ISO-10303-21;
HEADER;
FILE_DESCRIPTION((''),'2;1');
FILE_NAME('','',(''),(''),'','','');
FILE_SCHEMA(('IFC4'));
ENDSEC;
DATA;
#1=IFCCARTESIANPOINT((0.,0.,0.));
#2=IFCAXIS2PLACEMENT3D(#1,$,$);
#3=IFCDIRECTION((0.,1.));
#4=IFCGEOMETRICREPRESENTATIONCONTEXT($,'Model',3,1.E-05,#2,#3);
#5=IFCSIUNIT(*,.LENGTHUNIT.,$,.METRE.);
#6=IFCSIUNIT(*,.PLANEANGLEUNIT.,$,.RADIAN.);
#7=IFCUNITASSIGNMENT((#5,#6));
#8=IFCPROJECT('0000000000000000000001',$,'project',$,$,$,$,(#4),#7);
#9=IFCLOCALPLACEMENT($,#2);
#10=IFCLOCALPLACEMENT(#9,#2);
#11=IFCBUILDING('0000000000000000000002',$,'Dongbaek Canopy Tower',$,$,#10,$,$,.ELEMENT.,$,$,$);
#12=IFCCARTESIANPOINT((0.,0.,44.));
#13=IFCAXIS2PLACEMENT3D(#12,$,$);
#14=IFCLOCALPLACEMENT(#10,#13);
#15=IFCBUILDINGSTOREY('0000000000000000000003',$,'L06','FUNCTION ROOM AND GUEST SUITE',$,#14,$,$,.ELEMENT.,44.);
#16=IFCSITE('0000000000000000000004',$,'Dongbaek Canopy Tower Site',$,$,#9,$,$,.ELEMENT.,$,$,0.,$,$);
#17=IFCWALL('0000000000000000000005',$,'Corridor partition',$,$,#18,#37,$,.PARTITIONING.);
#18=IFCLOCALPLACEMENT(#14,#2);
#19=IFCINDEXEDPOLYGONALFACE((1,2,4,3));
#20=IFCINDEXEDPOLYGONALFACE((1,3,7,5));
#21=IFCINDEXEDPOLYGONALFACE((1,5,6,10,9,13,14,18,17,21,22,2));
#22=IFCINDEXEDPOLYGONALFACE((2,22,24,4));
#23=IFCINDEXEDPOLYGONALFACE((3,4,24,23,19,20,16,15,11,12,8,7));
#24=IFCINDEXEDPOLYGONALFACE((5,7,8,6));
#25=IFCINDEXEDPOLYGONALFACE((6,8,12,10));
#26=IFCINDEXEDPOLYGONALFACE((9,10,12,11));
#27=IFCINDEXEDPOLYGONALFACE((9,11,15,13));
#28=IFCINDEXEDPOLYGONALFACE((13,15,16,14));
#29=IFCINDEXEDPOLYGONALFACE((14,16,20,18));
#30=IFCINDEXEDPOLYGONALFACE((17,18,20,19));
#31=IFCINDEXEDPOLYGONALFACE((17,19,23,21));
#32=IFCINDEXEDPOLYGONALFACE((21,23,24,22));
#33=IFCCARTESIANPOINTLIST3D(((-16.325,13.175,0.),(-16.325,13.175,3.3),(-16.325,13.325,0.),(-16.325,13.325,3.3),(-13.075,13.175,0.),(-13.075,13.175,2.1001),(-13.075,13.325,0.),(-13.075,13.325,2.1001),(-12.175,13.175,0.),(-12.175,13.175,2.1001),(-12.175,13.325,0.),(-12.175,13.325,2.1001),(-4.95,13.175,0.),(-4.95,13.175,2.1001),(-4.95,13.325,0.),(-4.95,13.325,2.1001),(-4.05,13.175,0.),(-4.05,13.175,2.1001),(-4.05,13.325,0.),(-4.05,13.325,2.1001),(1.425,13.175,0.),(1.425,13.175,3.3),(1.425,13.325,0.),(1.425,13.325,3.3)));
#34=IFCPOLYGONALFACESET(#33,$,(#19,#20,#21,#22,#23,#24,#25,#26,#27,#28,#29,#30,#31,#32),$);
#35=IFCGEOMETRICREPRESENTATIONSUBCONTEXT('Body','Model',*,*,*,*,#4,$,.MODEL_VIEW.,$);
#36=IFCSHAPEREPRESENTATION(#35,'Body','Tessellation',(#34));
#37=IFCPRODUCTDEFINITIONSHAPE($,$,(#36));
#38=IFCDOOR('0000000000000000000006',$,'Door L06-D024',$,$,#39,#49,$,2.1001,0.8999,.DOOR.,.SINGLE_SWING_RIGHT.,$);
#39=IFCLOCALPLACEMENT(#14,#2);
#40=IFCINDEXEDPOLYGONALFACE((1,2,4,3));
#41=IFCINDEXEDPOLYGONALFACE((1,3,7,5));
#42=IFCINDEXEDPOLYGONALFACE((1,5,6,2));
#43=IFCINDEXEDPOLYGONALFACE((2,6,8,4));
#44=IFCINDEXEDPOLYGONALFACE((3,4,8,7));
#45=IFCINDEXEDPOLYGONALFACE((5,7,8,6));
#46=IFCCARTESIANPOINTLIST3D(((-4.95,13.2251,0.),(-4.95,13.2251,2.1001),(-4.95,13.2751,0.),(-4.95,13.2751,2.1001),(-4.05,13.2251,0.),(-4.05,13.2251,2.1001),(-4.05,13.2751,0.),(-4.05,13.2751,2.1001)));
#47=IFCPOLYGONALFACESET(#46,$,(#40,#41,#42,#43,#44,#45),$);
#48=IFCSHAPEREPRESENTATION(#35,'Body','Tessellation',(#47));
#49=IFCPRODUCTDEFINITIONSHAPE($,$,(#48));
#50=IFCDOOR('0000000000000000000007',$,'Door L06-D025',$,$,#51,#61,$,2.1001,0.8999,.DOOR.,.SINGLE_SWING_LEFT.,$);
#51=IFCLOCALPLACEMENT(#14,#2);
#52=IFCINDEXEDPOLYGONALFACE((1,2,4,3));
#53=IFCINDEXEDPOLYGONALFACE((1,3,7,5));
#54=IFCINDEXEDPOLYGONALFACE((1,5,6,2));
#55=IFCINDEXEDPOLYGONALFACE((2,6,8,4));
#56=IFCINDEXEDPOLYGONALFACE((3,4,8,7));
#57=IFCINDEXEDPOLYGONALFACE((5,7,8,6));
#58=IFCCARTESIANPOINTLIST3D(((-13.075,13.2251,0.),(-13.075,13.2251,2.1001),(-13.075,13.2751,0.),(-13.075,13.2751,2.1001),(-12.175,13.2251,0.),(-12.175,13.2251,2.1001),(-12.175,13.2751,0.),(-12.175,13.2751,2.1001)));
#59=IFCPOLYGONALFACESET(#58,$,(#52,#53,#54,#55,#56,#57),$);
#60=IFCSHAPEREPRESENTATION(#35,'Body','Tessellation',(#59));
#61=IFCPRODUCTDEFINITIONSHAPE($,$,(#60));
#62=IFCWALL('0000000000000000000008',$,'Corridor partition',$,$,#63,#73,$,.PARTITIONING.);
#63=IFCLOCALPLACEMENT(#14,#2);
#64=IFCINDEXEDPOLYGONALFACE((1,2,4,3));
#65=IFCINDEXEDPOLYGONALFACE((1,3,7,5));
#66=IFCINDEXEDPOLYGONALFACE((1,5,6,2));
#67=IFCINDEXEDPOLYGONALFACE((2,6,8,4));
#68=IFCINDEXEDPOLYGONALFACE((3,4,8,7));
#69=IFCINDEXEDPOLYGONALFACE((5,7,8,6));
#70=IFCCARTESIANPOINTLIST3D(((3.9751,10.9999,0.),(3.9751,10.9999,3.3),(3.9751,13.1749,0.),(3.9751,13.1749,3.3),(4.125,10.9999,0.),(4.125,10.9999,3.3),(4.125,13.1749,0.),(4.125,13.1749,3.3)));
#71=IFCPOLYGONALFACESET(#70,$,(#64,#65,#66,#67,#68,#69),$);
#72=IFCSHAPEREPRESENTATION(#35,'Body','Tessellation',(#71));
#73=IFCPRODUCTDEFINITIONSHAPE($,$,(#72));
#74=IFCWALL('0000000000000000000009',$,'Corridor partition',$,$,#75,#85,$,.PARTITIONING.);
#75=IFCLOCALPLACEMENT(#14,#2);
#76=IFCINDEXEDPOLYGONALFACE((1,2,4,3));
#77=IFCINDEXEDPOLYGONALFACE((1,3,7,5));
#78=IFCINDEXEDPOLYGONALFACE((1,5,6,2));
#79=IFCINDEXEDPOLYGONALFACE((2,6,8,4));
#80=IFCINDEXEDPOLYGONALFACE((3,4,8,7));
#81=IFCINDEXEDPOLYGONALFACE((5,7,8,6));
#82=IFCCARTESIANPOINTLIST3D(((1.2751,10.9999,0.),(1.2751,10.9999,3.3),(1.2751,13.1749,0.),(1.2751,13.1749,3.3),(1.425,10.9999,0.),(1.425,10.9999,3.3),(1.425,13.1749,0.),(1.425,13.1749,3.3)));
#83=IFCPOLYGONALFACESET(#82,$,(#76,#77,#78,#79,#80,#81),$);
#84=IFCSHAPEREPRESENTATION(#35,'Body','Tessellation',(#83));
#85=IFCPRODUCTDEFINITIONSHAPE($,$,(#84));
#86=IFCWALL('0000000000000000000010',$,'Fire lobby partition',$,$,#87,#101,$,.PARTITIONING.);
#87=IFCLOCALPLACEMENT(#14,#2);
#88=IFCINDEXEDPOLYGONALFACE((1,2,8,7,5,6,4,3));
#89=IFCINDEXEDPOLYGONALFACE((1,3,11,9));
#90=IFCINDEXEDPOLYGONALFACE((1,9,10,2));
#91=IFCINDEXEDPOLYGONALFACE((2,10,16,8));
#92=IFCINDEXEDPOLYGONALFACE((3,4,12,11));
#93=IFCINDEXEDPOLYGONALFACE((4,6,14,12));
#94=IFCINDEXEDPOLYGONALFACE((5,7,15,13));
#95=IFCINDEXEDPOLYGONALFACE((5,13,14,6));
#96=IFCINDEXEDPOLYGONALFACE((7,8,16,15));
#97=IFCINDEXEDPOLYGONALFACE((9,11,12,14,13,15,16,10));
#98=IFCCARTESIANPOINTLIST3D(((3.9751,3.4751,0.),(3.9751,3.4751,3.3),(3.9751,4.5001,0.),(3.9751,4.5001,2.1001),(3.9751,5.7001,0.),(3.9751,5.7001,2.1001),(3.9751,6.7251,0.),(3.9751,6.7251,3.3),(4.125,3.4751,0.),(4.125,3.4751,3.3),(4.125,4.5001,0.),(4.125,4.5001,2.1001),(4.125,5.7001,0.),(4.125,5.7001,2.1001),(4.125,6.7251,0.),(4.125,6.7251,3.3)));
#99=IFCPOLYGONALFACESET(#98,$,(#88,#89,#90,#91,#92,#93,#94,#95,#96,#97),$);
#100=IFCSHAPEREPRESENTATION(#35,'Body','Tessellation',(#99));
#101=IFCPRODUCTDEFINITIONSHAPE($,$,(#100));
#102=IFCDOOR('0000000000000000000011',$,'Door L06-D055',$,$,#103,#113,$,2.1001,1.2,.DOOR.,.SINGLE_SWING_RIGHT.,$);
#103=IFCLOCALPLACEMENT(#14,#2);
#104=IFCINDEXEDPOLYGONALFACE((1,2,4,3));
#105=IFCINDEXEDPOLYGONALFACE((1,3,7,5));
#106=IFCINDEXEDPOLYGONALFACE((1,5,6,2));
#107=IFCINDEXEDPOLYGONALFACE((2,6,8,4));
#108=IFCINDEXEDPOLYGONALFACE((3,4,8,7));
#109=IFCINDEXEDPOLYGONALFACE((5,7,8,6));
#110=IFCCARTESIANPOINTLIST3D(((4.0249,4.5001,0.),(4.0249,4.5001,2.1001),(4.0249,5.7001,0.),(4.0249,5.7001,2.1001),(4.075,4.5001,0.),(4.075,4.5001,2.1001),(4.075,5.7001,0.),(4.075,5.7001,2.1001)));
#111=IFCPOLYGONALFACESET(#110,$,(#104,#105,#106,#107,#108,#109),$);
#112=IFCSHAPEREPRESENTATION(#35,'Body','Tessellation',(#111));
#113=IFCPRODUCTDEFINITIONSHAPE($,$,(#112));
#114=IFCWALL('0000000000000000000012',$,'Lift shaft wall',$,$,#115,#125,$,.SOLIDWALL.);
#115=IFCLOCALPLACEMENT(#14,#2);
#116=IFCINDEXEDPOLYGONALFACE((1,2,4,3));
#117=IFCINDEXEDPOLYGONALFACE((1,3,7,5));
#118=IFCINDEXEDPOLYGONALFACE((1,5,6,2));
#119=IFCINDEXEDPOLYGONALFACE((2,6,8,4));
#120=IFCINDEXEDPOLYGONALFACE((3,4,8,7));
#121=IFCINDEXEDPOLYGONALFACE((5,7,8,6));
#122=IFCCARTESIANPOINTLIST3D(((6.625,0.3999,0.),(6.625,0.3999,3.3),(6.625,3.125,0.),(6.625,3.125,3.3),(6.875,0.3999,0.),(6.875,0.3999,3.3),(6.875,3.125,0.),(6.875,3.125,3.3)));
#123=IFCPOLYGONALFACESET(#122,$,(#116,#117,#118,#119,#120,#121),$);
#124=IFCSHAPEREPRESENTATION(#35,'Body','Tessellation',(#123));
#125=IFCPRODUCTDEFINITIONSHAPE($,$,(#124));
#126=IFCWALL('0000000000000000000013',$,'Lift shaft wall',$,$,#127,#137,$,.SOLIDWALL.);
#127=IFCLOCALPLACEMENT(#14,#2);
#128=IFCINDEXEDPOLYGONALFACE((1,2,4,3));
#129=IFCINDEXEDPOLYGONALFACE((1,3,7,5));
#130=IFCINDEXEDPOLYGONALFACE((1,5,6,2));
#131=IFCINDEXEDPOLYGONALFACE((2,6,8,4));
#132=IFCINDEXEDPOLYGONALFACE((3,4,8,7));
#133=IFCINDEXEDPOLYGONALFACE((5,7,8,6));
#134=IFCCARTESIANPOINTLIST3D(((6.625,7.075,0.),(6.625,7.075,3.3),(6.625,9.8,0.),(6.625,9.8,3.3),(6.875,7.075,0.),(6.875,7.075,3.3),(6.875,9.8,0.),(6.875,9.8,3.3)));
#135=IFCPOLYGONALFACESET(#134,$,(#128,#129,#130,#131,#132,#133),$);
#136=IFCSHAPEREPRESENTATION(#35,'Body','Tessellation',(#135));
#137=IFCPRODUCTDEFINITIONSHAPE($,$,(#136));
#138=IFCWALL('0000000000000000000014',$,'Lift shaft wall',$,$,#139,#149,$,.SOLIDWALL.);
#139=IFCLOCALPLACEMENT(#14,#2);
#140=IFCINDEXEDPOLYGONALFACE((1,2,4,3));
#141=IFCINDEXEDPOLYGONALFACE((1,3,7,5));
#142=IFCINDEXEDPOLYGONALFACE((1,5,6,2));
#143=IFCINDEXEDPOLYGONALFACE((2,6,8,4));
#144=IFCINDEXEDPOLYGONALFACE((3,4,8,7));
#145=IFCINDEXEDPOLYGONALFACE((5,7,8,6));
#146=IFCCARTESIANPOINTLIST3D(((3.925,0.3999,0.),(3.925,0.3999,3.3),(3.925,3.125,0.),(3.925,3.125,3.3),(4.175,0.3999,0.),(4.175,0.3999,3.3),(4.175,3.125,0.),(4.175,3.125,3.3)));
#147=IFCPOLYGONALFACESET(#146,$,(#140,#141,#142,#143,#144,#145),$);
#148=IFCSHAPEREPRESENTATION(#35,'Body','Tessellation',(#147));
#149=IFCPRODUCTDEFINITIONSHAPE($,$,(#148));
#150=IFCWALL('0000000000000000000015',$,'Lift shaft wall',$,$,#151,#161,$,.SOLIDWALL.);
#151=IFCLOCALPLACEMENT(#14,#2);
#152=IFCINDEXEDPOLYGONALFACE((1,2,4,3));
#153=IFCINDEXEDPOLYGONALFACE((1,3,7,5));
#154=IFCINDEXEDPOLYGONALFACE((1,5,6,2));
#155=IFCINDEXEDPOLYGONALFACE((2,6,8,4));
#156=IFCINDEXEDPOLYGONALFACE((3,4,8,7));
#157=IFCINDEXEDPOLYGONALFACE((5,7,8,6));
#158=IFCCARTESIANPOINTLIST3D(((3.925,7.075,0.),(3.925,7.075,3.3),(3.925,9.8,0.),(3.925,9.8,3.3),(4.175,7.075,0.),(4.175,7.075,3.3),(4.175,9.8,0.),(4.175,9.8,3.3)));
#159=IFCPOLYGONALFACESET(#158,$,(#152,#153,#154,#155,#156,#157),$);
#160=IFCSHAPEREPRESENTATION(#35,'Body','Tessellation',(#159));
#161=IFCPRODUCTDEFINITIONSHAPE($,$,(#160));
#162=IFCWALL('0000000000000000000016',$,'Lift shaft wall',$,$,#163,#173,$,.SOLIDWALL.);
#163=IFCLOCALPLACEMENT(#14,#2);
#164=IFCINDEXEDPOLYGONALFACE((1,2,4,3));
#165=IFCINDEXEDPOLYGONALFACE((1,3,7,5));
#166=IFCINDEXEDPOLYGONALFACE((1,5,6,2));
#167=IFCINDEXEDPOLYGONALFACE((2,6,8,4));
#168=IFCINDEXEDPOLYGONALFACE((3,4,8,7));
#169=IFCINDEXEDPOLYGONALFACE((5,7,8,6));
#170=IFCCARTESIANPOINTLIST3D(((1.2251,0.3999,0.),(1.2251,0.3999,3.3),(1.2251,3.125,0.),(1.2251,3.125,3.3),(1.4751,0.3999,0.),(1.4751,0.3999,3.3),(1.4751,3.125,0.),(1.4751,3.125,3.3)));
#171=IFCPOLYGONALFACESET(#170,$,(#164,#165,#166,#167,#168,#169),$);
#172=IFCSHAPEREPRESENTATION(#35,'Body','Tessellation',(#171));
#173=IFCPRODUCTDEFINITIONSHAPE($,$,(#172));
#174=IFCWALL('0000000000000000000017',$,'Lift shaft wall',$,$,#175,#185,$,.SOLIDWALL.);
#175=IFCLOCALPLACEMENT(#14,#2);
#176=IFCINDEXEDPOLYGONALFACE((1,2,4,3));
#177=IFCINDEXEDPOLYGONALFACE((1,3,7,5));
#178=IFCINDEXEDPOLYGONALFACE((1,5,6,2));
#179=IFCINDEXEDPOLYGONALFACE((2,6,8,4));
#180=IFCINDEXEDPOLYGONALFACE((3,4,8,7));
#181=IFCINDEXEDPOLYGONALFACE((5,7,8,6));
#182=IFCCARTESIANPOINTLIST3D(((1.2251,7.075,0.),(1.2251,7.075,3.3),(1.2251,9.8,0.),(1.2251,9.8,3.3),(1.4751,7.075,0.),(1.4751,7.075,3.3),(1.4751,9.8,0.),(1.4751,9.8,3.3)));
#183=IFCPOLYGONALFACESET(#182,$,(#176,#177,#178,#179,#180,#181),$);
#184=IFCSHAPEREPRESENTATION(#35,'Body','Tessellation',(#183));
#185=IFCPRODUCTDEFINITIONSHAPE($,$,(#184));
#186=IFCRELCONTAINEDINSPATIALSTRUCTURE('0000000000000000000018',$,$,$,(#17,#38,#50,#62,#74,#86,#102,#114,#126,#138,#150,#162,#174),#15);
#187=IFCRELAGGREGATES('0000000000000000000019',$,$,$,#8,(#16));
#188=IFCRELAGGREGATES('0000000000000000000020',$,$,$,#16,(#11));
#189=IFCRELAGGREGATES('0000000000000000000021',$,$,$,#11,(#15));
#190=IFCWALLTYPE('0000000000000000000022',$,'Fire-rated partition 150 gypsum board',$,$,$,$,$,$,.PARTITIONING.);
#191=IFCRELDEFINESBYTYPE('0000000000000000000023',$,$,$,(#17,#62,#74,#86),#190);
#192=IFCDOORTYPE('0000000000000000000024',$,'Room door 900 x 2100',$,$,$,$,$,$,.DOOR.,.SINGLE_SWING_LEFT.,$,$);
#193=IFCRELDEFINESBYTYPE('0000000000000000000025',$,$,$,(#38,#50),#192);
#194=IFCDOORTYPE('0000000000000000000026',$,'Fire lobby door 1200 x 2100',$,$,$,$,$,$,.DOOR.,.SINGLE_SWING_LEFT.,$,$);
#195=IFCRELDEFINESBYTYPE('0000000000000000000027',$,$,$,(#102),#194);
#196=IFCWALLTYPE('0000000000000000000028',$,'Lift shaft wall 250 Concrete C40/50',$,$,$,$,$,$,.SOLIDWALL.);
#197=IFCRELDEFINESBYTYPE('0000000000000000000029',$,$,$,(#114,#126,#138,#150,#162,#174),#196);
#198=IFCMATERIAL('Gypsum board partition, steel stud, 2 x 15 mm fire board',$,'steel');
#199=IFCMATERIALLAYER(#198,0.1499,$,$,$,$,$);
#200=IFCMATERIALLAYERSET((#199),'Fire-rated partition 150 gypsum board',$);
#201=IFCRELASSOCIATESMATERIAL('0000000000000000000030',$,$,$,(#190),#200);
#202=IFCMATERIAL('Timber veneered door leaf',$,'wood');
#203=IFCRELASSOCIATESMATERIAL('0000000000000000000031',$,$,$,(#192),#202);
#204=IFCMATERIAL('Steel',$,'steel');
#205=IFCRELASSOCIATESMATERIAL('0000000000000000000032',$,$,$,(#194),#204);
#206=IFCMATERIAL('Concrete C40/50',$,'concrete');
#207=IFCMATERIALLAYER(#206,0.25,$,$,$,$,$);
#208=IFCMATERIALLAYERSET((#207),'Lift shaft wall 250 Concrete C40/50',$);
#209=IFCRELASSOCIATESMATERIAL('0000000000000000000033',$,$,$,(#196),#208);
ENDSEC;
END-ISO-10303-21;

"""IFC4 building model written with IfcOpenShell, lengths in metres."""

from ifc_helpers import new_model, si_unit, direction, frame, frame_2d, origin, place, context, subcontext, project, spatial, rectangle, extrude, material, layer, layer_set, type_object, element, fill, save


model = new_model("IFC4")

# Units and contexts
model_context = context("Model", 3, precision=1e-05, world=origin(), true_north=direction((0.0, 1.0)))
body_context = subcontext(model_context, "Body", "Model", "MODEL_VIEW")
ifc_project = project(units=[si_unit("LENGTHUNIT", "METRE"), si_unit("PLANEANGLEUNIT", "RADIAN")], contexts=[model_context])

# Site, building, storey
site_placement = place(None, origin())
site = spatial("IfcSite", under=ifc_project, at=site_placement, Name="Dongbaek Canopy Tower Site", CompositionType="ELEMENT", RefElevation=0.0)
building_placement = place(site_placement, origin())
building = spatial("IfcBuilding", under=site, at=building_placement, Name="Dongbaek Canopy Tower", CompositionType="ELEMENT")
storey_placement = place(building_placement, frame((0.0, 0.0, 44.0)))
storey = spatial("IfcBuildingStorey", under=building, at=storey_placement, Name="L06", Description="FUNCTION ROOM AND GUEST SUITE", CompositionType="ELEMENT", Elevation=44.0)

# Wall, openings, doors
ifc_material_1 = material(Name="Gypsum board partition, steel stud, 2 x 15 mm fire board", Category="steel")
ifc_layer_1 = layer(ifc_material_1, 0.1499)
ifc_layer_set_1 = layer_set([ifc_layer_1], Name="Fire-rated partition 150 gypsum board")
wall_type_1 = type_object("IfcWallType", Name="Fire-rated partition 150 gypsum board", PredefinedType="PARTITIONING", material=ifc_layer_set_1)
wall_1_placement = place(storey_placement, frame((1.425, 13.25, 0.0), z_axis=(0.0, 0.0, 1.0), x_axis=(-1.0, 0.0, 0.0)))
wall_1 = element("IfcWall", 1, at=wall_1_placement, inside=storey, type_object=wall_type_1, Name="Corridor partition", PredefinedType="PARTITIONING", context=body_context, shape_type="SweptSolid", body=[
    extrude(rectangle(XDim=17.75, YDim=0.1499, at=frame_2d((8.875, 0.0))), origin(), (0.0, 0.0, 1.0), 3.3),
])
opening_1_placement = place(wall_1_placement, frame((5.4751, 0.0, 0.0)))
opening_1 = element("IfcOpeningElement", 2, at=opening_1_placement, cuts=wall_1, PredefinedType="OPENING", context=body_context, shape_type="SweptSolid", body=[
    extrude(rectangle(XDim=0.8999, YDim=2.1001, at=frame_2d((0.45, 1.05))), frame((0.0, 0.085, 0.0), z_axis=(0.0, -1.0, 0.0), x_axis=(1.0, 0.0, 0.0)), (0.0, 0.0, 1.0), 0.1699),
])
opening_2_placement = place(wall_1_placement, frame((13.6001, 0.0, 0.0)))
opening_2 = element("IfcOpeningElement", 3, at=opening_2_placement, cuts=wall_1, PredefinedType="OPENING", context=body_context, shape_type="SweptSolid", body=[
    extrude(rectangle(XDim=0.8999, YDim=2.1001, at=frame_2d((0.45, 1.05))), frame((0.0, 0.085, 0.0), z_axis=(0.0, -1.0, 0.0), x_axis=(1.0, 0.0, 0.0)), (0.0, 0.0, 1.0), 0.1699),
])
ifc_material_2 = material(Name="Timber veneered door leaf", Category="wood")
door_type_1 = type_object("IfcDoorType", Name="Room door 900 x 2100", OperationType="SINGLE_SWING_LEFT", PredefinedType="DOOR", material=ifc_material_2)
door_1_placement = place(opening_1_placement, origin())
door_1 = element("IfcDoor", 4, at=door_1_placement, inside=storey, type_object=door_type_1, Name="Door L06-D024", OperationType="SINGLE_SWING_RIGHT", OverallHeight=2.1001, OverallWidth=0.8999, PredefinedType="DOOR", context=body_context, shape_type="SweptSolid", body=[
    extrude(rectangle(XDim=0.8999, YDim=2.1001, at=frame_2d((0.45, 1.05))), frame((0.0, 0.0249, 0.0), z_axis=(0.0, -1.0, 0.0), x_axis=(1.0, 0.0, 0.0)), (0.0, 0.0, 1.0), 0.05),
])
fill(opening_1, door_1)
door_2_placement = place(opening_2_placement, origin())
door_2 = element("IfcDoor", 5, at=door_2_placement, inside=storey, type_object=door_type_1, Name="Door L06-D025", OperationType="SINGLE_SWING_LEFT", OverallHeight=2.1001, OverallWidth=0.8999, PredefinedType="DOOR", context=body_context, shape_type="SweptSolid", body=[
    extrude(rectangle(XDim=0.8999, YDim=2.1001, at=frame_2d((0.45, 1.05))), frame((0.0, 0.0249, 0.0), z_axis=(0.0, -1.0, 0.0), x_axis=(1.0, 0.0, 0.0)), (0.0, 0.0, 1.0), 0.05),
])
fill(opening_2, door_2)

# Walls
for number, where, z_axis, x_axis, name in (
    (6, (4.05, 11.0, 0.0), (0.0, 0.0, 1.0), (0.0, 1.0, 0.0), "Corridor partition"),
    (7, (1.3501, 11.0, 0.0), (0.0, 0.0, 1.0), (0.0, 1.0, 0.0), "Corridor partition"),
):
    element("IfcWall", number, at=place(storey_placement, frame(where, z_axis=z_axis, x_axis=x_axis)), inside=storey, type_object=wall_type_1, Name=name, PredefinedType="PARTITIONING", context=body_context, shape_type="SweptSolid", body=[
        extrude(rectangle(XDim=2.175, YDim=0.1499, at=frame_2d((1.0874, 0.0))), origin(), (0.0, 0.0, 1.0), 3.3),
    ])

# Wall, opening, door
wall_2_placement = place(storey_placement, frame((4.05, 6.7251, 0.0), z_axis=(0.0, 0.0, 1.0), x_axis=(0.0, -1.0, 0.0)))
wall_2 = element("IfcWall", 8, at=wall_2_placement, inside=storey, type_object=wall_type_1, Name="Fire lobby partition", PredefinedType="PARTITIONING", context=body_context, shape_type="SweptSolid", body=[
    extrude(rectangle(XDim=3.25, YDim=0.1499, at=frame_2d((1.625, 0.0))), origin(), (0.0, 0.0, 1.0), 3.3),
])
opening_3_placement = place(wall_2_placement, frame((1.0249, 0.0, 0.0)))
opening_3 = element("IfcOpeningElement", 9, at=opening_3_placement, cuts=wall_2, PredefinedType="OPENING", context=body_context, shape_type="SweptSolid", body=[
    extrude(rectangle(XDim=1.2, YDim=2.1001, at=frame_2d((0.6001, 1.05))), frame((0.0, 0.085, 0.0), z_axis=(0.0, -1.0, 0.0), x_axis=(1.0, 0.0, 0.0)), (0.0, 0.0, 1.0), 0.1699),
])
ifc_material_3 = material(Name="Steel", Category="steel")
door_type_2 = type_object("IfcDoorType", Name="Fire lobby door 1200 x 2100", OperationType="SINGLE_SWING_LEFT", PredefinedType="DOOR", material=ifc_material_3)
door_3_placement = place(opening_3_placement, origin())
door_3 = element("IfcDoor", 10, at=door_3_placement, inside=storey, type_object=door_type_2, Name="Door L06-D055", OperationType="SINGLE_SWING_RIGHT", OverallHeight=2.1001, OverallWidth=1.2, PredefinedType="DOOR", context=body_context, shape_type="SweptSolid", body=[
    extrude(rectangle(XDim=1.2, YDim=2.1001, at=frame_2d((0.6001, 1.05))), frame((0.0, 0.0249, 0.0), z_axis=(0.0, -1.0, 0.0), x_axis=(1.0, 0.0, 0.0)), (0.0, 0.0, 1.0), 0.05),
])
fill(opening_3, door_3)

# Walls
ifc_material_4 = material(Name="Concrete C40/50", Category="concrete")
ifc_layer_2 = layer(ifc_material_4, 0.25)
ifc_layer_set_2 = layer_set([ifc_layer_2], Name="Lift shaft wall 250 Concrete C40/50")
wall_type_2 = type_object("IfcWallType", Name="Lift shaft wall 250 Concrete C40/50", PredefinedType="SOLIDWALL", material=ifc_layer_set_2)
for number, where, z_axis, x_axis, name in (
    (11, (6.75, 0.3999, 0.0), (0.0, 0.0, 1.0), (0.0, 1.0, 0.0), "Lift shaft wall"),
    (12, (6.75, 7.075, 0.0), (0.0, 0.0, 1.0), (0.0, 1.0, 0.0), "Lift shaft wall"),
    (13, (4.05, 0.3999, 0.0), (0.0, 0.0, 1.0), (0.0, 1.0, 0.0), "Lift shaft wall"),
    (14, (4.05, 7.075, 0.0), (0.0, 0.0, 1.0), (0.0, 1.0, 0.0), "Lift shaft wall"),
    (15, (1.3501, 0.3999, 0.0), (0.0, 0.0, 1.0), (0.0, 1.0, 0.0), "Lift shaft wall"),
    (16, (1.3501, 7.075, 0.0), (0.0, 0.0, 1.0), (0.0, 1.0, 0.0), "Lift shaft wall"),
):
    element("IfcWall", number, at=place(storey_placement, frame(where, z_axis=z_axis, x_axis=x_axis)), inside=storey, type_object=wall_type_2, Name=name, PredefinedType="SOLIDWALL", context=body_context, shape_type="SweptSolid", body=[
        extrude(rectangle(XDim=2.7251, YDim=0.25, at=frame_2d((1.3625, 0.0))), origin(), (0.0, 0.0, 1.0), 3.3),
    ])

save(model, "model.ifc")
